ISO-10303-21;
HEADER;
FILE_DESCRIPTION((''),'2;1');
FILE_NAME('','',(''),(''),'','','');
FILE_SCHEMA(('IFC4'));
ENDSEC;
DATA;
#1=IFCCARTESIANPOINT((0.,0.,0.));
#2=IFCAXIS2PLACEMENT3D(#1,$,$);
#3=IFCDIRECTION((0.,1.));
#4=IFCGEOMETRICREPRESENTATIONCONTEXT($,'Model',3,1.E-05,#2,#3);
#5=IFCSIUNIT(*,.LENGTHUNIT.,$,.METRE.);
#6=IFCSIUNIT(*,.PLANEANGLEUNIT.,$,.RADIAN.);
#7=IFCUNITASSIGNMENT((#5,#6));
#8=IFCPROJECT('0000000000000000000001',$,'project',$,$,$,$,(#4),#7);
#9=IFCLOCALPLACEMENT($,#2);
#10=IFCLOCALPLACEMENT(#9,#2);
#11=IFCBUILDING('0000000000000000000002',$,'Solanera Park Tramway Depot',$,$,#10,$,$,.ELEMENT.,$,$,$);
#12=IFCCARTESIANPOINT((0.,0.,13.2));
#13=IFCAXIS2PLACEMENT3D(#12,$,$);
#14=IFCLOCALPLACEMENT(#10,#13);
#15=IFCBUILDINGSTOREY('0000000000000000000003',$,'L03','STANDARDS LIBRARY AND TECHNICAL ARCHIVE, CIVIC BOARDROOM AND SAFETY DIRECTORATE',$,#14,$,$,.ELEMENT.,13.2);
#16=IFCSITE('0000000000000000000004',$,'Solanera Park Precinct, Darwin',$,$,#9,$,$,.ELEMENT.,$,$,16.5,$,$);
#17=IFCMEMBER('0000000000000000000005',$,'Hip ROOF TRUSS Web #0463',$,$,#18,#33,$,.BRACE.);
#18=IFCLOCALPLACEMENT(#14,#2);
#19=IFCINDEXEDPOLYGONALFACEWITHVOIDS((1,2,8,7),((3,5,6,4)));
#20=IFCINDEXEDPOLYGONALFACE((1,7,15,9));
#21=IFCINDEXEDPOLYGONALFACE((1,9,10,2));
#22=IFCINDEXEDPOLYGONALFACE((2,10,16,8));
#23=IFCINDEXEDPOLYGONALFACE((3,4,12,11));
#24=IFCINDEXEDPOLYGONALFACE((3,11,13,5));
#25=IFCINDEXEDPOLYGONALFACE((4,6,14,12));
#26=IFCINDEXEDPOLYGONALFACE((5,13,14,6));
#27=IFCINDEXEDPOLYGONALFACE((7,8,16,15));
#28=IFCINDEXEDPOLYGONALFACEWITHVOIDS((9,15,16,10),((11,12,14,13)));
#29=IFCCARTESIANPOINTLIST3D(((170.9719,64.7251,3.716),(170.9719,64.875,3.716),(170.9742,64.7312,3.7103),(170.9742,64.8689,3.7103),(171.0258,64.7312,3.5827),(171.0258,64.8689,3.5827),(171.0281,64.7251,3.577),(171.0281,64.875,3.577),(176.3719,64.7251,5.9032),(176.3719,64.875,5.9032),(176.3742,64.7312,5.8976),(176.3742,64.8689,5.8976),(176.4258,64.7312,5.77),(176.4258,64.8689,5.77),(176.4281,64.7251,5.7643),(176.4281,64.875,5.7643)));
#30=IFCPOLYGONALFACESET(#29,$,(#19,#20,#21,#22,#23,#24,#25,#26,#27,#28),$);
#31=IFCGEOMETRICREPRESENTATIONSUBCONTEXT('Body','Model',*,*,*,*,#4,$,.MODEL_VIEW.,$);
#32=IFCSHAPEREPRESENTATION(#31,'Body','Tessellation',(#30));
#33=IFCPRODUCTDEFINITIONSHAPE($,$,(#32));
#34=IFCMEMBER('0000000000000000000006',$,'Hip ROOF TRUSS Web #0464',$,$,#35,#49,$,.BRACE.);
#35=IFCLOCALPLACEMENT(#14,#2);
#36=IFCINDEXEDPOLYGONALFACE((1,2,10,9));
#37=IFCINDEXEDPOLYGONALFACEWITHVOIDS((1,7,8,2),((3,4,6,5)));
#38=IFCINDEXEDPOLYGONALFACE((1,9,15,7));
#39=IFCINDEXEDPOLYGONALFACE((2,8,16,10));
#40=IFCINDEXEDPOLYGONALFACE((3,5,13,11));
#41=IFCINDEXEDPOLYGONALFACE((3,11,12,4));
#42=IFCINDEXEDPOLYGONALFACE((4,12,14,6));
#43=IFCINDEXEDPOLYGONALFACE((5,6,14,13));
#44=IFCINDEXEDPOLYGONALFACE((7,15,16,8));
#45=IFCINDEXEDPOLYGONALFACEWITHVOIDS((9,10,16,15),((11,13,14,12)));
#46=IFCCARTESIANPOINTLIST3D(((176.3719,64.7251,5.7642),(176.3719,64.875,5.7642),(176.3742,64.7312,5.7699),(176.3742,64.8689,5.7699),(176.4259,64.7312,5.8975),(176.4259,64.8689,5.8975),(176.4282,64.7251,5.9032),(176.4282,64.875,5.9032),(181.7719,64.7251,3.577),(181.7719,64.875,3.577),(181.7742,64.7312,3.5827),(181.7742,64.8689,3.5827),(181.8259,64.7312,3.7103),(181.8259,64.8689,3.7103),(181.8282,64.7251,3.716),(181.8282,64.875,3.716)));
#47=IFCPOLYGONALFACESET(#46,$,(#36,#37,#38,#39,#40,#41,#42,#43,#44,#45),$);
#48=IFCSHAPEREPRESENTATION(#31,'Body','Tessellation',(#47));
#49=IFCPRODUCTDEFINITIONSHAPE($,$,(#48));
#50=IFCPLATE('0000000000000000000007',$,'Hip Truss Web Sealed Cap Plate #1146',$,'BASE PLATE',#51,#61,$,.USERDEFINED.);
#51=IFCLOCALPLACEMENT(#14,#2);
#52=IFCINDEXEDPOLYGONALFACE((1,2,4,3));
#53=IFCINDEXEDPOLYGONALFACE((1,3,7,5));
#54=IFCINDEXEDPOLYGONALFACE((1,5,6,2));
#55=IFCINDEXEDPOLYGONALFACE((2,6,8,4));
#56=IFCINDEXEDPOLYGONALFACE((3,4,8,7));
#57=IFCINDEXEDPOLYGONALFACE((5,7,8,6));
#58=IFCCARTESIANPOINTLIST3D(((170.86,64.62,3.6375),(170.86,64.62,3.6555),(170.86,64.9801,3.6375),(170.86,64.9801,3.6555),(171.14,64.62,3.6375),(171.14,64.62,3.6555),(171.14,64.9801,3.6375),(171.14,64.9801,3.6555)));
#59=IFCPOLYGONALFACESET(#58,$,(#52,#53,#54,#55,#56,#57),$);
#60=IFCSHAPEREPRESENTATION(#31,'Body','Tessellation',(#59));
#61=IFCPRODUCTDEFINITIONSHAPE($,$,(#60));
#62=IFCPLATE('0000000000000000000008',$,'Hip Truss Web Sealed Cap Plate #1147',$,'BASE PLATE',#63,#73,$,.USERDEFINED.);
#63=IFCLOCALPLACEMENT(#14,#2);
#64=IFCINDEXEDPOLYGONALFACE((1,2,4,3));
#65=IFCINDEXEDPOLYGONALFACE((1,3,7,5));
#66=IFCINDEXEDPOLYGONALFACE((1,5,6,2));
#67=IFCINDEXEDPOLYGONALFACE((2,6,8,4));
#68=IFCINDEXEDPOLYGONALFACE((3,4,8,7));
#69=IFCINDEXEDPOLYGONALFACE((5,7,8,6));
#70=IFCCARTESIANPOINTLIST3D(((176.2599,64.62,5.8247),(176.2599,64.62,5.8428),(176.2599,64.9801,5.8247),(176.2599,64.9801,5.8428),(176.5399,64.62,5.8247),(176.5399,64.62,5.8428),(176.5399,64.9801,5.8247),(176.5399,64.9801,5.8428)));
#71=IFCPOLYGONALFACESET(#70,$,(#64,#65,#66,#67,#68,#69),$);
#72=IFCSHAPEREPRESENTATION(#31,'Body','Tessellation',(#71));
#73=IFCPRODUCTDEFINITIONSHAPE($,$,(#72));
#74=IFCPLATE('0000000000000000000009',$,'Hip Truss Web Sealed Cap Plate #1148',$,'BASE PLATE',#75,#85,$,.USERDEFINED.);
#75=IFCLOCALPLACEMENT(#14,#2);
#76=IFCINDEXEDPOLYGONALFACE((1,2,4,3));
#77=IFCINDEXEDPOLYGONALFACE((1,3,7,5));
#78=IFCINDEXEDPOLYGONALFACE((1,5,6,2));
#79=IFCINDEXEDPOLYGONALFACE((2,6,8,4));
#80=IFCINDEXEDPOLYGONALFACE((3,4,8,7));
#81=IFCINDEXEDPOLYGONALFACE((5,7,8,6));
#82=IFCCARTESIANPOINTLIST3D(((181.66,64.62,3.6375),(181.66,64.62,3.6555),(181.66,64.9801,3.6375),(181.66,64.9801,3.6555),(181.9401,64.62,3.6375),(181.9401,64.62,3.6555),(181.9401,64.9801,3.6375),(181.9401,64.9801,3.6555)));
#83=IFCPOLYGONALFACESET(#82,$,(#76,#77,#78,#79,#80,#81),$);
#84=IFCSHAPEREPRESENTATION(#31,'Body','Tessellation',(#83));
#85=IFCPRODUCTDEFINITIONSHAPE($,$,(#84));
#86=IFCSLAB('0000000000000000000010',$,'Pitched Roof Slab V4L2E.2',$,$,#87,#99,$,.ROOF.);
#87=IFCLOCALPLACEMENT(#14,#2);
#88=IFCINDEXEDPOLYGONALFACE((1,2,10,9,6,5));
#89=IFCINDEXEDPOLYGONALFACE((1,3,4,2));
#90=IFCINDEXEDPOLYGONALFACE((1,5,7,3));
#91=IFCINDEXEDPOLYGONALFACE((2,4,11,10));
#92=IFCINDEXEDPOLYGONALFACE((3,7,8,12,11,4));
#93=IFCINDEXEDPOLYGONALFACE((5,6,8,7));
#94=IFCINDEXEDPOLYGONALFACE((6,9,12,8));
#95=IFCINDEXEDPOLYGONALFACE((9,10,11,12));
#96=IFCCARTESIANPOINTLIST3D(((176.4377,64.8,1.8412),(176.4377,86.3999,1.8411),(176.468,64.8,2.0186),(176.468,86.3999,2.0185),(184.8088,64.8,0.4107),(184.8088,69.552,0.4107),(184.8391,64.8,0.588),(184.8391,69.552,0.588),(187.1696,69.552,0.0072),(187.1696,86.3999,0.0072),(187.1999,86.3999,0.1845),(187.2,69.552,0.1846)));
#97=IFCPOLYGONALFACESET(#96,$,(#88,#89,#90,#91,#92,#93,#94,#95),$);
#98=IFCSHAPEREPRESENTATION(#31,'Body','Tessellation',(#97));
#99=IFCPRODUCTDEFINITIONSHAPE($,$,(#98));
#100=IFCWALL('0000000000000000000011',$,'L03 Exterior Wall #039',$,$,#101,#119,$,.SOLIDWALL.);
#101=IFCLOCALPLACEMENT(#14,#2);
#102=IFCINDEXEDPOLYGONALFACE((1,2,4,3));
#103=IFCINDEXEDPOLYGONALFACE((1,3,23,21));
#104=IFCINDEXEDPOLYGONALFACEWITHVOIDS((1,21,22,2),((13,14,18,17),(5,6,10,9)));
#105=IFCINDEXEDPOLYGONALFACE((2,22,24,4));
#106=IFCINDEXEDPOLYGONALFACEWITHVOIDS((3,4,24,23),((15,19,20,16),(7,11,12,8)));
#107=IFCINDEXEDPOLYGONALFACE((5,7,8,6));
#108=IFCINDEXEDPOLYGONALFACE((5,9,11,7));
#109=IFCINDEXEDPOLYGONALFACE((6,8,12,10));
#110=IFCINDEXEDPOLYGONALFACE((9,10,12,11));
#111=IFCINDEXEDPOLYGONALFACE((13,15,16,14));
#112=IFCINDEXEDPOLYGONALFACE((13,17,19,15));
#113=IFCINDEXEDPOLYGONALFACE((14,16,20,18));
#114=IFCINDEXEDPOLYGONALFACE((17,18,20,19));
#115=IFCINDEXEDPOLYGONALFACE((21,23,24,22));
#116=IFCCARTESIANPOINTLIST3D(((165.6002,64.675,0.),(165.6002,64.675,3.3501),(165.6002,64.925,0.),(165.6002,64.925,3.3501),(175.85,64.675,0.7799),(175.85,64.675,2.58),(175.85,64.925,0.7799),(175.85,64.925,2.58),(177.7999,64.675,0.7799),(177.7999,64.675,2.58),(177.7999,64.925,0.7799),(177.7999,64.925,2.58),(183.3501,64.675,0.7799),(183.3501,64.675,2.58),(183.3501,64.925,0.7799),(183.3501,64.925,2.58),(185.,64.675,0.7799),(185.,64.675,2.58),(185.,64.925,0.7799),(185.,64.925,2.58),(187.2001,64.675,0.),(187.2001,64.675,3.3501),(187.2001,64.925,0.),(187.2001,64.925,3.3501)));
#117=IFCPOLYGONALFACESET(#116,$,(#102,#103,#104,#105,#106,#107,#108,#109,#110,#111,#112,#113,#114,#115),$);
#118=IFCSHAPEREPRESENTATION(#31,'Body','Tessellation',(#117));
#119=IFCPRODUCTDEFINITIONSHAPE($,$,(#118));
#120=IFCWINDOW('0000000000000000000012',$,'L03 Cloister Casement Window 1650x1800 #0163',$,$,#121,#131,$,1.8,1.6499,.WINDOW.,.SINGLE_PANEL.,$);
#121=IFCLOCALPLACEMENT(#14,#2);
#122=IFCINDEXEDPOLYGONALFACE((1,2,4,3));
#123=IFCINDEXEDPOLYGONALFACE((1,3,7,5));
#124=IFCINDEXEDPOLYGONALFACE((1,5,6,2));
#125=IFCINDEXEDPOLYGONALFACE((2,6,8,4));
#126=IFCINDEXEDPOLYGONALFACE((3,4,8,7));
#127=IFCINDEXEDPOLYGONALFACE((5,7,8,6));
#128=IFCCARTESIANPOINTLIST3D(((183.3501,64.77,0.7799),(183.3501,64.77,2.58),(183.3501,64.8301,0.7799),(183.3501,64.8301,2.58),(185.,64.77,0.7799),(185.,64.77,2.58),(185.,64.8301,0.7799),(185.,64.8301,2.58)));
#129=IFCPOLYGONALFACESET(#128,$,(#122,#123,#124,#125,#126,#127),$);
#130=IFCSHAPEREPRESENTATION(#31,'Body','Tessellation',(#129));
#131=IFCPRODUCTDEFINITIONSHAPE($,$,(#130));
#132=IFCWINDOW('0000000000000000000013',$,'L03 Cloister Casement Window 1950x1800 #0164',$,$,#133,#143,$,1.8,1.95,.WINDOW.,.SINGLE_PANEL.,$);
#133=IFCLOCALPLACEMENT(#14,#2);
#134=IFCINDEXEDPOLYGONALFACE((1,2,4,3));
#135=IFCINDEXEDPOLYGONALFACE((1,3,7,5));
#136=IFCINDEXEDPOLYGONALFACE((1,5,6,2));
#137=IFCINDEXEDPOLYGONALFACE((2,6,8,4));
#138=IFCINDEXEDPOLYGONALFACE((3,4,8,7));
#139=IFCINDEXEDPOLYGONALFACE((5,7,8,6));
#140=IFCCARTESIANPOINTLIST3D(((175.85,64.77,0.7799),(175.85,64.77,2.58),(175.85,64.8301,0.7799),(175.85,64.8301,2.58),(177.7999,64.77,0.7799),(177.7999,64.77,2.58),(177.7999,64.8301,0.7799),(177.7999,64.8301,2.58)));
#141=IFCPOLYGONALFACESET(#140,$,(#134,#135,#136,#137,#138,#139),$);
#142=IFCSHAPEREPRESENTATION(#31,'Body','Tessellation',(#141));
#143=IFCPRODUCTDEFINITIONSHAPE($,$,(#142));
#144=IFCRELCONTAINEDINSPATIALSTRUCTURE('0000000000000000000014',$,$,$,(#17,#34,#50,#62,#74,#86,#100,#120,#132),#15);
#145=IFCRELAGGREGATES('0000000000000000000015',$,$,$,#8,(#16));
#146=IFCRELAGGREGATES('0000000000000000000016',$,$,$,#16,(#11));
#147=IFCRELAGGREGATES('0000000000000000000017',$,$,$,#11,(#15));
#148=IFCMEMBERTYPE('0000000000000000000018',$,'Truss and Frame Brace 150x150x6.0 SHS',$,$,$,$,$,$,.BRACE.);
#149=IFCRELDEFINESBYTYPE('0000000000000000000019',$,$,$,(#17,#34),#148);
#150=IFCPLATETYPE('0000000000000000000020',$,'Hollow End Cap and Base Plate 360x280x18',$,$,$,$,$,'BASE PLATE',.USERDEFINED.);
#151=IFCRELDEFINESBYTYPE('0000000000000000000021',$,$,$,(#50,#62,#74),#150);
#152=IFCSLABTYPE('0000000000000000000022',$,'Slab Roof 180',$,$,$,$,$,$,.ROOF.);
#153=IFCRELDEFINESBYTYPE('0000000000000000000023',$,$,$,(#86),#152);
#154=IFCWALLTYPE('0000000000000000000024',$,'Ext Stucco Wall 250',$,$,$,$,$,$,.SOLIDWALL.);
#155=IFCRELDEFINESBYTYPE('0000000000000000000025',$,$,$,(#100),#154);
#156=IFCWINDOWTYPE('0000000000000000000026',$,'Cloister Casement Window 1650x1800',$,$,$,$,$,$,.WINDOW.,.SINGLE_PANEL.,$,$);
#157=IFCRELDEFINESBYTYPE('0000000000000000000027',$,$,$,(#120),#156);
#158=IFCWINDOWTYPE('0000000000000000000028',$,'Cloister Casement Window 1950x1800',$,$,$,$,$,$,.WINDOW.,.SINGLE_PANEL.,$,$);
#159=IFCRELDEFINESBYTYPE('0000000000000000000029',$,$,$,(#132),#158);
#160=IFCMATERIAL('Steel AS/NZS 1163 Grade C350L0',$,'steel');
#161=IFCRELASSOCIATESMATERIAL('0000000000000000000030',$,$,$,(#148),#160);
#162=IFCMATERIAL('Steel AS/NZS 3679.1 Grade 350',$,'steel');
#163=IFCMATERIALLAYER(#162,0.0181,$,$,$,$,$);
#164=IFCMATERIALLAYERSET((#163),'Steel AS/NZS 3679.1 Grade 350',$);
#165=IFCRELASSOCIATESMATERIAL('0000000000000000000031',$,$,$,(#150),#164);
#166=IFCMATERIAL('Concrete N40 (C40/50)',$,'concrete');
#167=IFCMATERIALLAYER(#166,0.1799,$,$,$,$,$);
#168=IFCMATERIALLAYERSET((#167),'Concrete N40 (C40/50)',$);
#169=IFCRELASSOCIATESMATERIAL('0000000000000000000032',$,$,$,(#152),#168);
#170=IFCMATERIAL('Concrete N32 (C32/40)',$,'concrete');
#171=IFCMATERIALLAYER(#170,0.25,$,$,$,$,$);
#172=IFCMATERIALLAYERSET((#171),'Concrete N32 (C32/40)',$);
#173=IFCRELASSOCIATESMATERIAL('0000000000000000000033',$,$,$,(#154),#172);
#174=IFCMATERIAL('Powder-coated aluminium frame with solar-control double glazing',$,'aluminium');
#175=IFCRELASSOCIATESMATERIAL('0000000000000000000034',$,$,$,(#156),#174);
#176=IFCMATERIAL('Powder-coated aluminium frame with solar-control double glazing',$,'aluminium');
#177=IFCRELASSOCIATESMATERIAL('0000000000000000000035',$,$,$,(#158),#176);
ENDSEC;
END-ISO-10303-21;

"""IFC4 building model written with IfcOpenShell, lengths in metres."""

from ifc_helpers import new_model, si_unit, direction, frame, frame_2d, origin, origin_2d, place, context, subcontext, project, spatial, polyline, rectangle, hollow_rectangle, outline, extrude, material, layer, layer_set, material_profile, profile_set, type_object, element, fill, save


model = new_model("IFC4")

# Units and contexts
model_context = context("Model", 3, precision=1e-05, world=origin(), true_north=direction((0.0, 1.0)))
body_context = subcontext(model_context, "Body", "Model", "MODEL_VIEW")
ifc_project = project(units=[si_unit("LENGTHUNIT", "METRE"), si_unit("PLANEANGLEUNIT", "RADIAN")], contexts=[model_context])

# Site, building, storey
site_placement = place(None, origin())
site = spatial("IfcSite", under=ifc_project, at=site_placement, Name="Solanera Park Precinct, Darwin", CompositionType="ELEMENT", RefElevation=16.5)
building_placement = place(site_placement, origin())
building = spatial("IfcBuilding", under=site, at=building_placement, Name="Solanera Park Tramway Depot", CompositionType="ELEMENT")
storey_placement = place(building_placement, frame((0.0, 0.0, 13.2)))
storey = spatial("IfcBuildingStorey", under=building, at=storey_placement, Name="L03", Description="STANDARDS LIBRARY AND TECHNICAL ARCHIVE, CIVIC BOARDROOM AND SAFETY DIRECTORATE", CompositionType="ELEMENT", Elevation=13.2)

# Members
ifc_material_1 = material(Name="Steel AS/NZS 1163 Grade C350L0", Category="steel")
ifc_material_profile_1 = material_profile(ifc_material_1, hollow_rectangle(XDim=0.1499, YDim=0.1499, WallThickness=0.0061, at=origin_2d()), Name="150x150x6.0 SHS")
ifc_profile_set_1 = profile_set([ifc_material_profile_1], Name="Steel AS/NZS 1163 Grade C350L0")
member_type_1 = type_object("IfcMemberType", Name="Truss and Frame Brace 150x150x6.0 SHS", PredefinedType="BRACE", material=ifc_profile_set_1)
for number, where, z_axis, x_axis, name in (
    (1, (171.0, 64.8, 3.6465), (0.926852, 0.0, 0.375426), (0.0, 1.0, 0.0), "Hip ROOF TRUSS Web #0463"),
    (2, (181.8, 64.8, 3.6465), (-0.926858, 0.0, 0.375411), (0.0, -1.0, 0.0), "Hip ROOF TRUSS Web #0464"),
):
    element("IfcMember", number, at=place(storey_placement, frame(where, z_axis=z_axis, x_axis=x_axis)), inside=storey, type_object=member_type_1, Name=name, PredefinedType="BRACE", context=body_context, shape_type="SweptSolid", body=[
        extrude(hollow_rectangle(XDim=0.1499, YDim=0.1499, WallThickness=0.0061, at=origin_2d()), origin(), (0.0, 0.0, 1.0), 5.8262),
    ])

# Plates
ifc_material_2 = material(Name="Steel AS/NZS 3679.1 Grade 350", Category="steel")
ifc_layer_1 = layer(ifc_material_2, 0.0181)
ifc_layer_set_1 = layer_set([ifc_layer_1], Name="Steel AS/NZS 3679.1 Grade 350")
plate_type = type_object("IfcPlateType", Name="Hollow End Cap and Base Plate 360x280x18", ElementType="BASE PLATE", PredefinedType="USERDEFINED", material=ifc_layer_set_1)
for number, where, z_axis, x_axis, name in (
    (3, (171.0, 64.8, 3.6375), (0.0, 0.0, 1.0), (1.0, 0.0, 0.0), "Hip Truss Web Sealed Cap Plate #1146"),
    (4, (176.3999, 64.8, 5.8247), (0.0, 0.0, 1.0), (1.0, 0.0, 0.0), "Hip Truss Web Sealed Cap Plate #1147"),
    (5, (181.8, 64.8, 3.6375), (0.0, 0.0, 1.0), (1.0, 0.0, 0.0), "Hip Truss Web Sealed Cap Plate #1148"),
):
    element("IfcPlate", number, at=place(storey_placement, frame(where, z_axis=z_axis, x_axis=x_axis)), inside=storey, type_object=plate_type, Name=name, ObjectType="BASE PLATE", PredefinedType="USERDEFINED", context=body_context, shape_type="SweptSolid", body=[
        extrude(rectangle(XDim=0.28, YDim=0.3601, at=origin_2d()), origin(), (0.0, 0.0, 1.0), 0.0181),
    ])

# Slab
ifc_material_3 = material(Name="Concrete N40 (C40/50)", Category="concrete")
ifc_layer_2 = layer(ifc_material_3, 0.1799)
ifc_layer_set_2 = layer_set([ifc_layer_2], Name="Concrete N40 (C40/50)")
slab_type = type_object("IfcSlabType", Name="Slab Roof 180", PredefinedType="ROOF", material=ifc_layer_set_2)
slab_placement = place(storey_placement, frame((176.468, 64.8, 2.0186), z_axis=(0.168446, 0.000003, 0.985711), x_axis=(0.985711, 0.0, -0.168446)))
element("IfcSlab", 6, at=slab_placement, inside=storey, type_object=slab_type, Name="Pitched Roof Slab V4L2E.2", PredefinedType="ROOF", context=body_context, shape_type="SweptSolid", body=[
    extrude(outline(polyline([(0.0, 0.0), (8.4924, 0.0), (8.4924, 4.752), (10.8875, 4.752), (10.8875, 21.5999), (0.0, 21.5999), (0.0, 0.0)])), origin(), (0.0, 0.0, -1.0), 0.1799),
])

# Wall, openings, windows
ifc_material_4 = material(Name="Concrete N32 (C32/40)", Category="concrete")
ifc_layer_3 = layer(ifc_material_4, 0.25)
ifc_layer_set_3 = layer_set([ifc_layer_3], Name="Concrete N32 (C32/40)")
wall_type = type_object("IfcWallType", Name="Ext Stucco Wall 250", PredefinedType="SOLIDWALL", material=ifc_layer_set_3)
wall_1_placement = place(storey_placement, frame((187.2, 64.8, 0.0), z_axis=(0.0, 0.0, 1.0), x_axis=(-1.0, 0.0, 0.0)))
wall_1 = element("IfcWall", 7, at=wall_1_placement, inside=storey, type_object=wall_type, Name="L03 Exterior Wall #039", PredefinedType="SOLIDWALL", context=body_context, shape_type="SweptSolid", body=[
    extrude(rectangle(XDim=21.5999, YDim=0.25, at=frame_2d((10.7998, 0.0))), origin(), (0.0, 0.0, 1.0), 3.3501),
])
opening_1_placement = place(wall_1_placement, frame((2.2, 0.0, 0.78)))
opening_1 = element("IfcOpeningElement", 8, at=opening_1_placement, cuts=wall_1, PredefinedType="OPENING", context=body_context, shape_type="SweptSolid", body=[
    extrude(rectangle(XDim=1.6499, YDim=1.8, at=frame_2d((0.825, 0.8999))), frame((0.0, 0.135, 0.0), z_axis=(0.0, -1.0, 0.0), x_axis=(1.0, 0.0, 0.0)), (0.0, 0.0, 1.0), 0.27),
])
opening_2_placement = place(wall_1_placement, frame((9.3999, 0.0, 0.78)))
opening_2 = element("IfcOpeningElement", 9, at=opening_2_placement, cuts=wall_1, PredefinedType="OPENING", context=body_context, shape_type="SweptSolid", body=[
    extrude(rectangle(XDim=1.95, YDim=1.8, at=frame_2d((0.9751, 0.8999))), frame((0.0, 0.135, 0.0), z_axis=(0.0, -1.0, 0.0), x_axis=(1.0, 0.0, 0.0)), (0.0, 0.0, 1.0), 0.27),
])
ifc_material_5 = material(Name="Powder-coated aluminium frame with solar-control double glazing", Category="aluminium")
window_type_1 = type_object("IfcWindowType", Name="Cloister Casement Window 1650x1800", PartitioningType="SINGLE_PANEL", PredefinedType="WINDOW", material=ifc_material_5)
window_1_placement = place(opening_1_placement, origin())
window_1 = element("IfcWindow", 10, at=window_1_placement, inside=storey, type_object=window_type_1, Name="L03 Cloister Casement Window 1650x1800 #0163", OverallHeight=1.8, OverallWidth=1.6499, PartitioningType="SINGLE_PANEL", PredefinedType="WINDOW", context=body_context, shape_type="SweptSolid", body=[
    extrude(rectangle(XDim=1.6499, YDim=1.8, at=frame_2d((0.825, 0.8999))), frame((0.0, 0.03, 0.0), z_axis=(0.0, -1.0, 0.0), x_axis=(1.0, 0.0, 0.0)), (0.0, 0.0, 1.0), 0.0601),
])
fill(opening_1, window_1)
ifc_material_6 = material(Name="Powder-coated aluminium frame with solar-control double glazing", Category="aluminium")
window_type_2 = type_object("IfcWindowType", Name="Cloister Casement Window 1950x1800", PartitioningType="SINGLE_PANEL", PredefinedType="WINDOW", material=ifc_material_6)
window_2_placement = place(opening_2_placement, origin())
window_2 = element("IfcWindow", 11, at=window_2_placement, inside=storey, type_object=window_type_2, Name="L03 Cloister Casement Window 1950x1800 #0164", OverallHeight=1.8, OverallWidth=1.95, PartitioningType="SINGLE_PANEL", PredefinedType="WINDOW", context=body_context, shape_type="SweptSolid", body=[
    extrude(rectangle(XDim=1.95, YDim=1.8, at=frame_2d((0.9751, 0.8999))), frame((0.0, 0.03, 0.0), z_axis=(0.0, -1.0, 0.0), x_axis=(1.0, 0.0, 0.0)), (0.0, 0.0, 1.0), 0.0601),
])
fill(opening_2, window_2)

save(model, "model.ifc")
